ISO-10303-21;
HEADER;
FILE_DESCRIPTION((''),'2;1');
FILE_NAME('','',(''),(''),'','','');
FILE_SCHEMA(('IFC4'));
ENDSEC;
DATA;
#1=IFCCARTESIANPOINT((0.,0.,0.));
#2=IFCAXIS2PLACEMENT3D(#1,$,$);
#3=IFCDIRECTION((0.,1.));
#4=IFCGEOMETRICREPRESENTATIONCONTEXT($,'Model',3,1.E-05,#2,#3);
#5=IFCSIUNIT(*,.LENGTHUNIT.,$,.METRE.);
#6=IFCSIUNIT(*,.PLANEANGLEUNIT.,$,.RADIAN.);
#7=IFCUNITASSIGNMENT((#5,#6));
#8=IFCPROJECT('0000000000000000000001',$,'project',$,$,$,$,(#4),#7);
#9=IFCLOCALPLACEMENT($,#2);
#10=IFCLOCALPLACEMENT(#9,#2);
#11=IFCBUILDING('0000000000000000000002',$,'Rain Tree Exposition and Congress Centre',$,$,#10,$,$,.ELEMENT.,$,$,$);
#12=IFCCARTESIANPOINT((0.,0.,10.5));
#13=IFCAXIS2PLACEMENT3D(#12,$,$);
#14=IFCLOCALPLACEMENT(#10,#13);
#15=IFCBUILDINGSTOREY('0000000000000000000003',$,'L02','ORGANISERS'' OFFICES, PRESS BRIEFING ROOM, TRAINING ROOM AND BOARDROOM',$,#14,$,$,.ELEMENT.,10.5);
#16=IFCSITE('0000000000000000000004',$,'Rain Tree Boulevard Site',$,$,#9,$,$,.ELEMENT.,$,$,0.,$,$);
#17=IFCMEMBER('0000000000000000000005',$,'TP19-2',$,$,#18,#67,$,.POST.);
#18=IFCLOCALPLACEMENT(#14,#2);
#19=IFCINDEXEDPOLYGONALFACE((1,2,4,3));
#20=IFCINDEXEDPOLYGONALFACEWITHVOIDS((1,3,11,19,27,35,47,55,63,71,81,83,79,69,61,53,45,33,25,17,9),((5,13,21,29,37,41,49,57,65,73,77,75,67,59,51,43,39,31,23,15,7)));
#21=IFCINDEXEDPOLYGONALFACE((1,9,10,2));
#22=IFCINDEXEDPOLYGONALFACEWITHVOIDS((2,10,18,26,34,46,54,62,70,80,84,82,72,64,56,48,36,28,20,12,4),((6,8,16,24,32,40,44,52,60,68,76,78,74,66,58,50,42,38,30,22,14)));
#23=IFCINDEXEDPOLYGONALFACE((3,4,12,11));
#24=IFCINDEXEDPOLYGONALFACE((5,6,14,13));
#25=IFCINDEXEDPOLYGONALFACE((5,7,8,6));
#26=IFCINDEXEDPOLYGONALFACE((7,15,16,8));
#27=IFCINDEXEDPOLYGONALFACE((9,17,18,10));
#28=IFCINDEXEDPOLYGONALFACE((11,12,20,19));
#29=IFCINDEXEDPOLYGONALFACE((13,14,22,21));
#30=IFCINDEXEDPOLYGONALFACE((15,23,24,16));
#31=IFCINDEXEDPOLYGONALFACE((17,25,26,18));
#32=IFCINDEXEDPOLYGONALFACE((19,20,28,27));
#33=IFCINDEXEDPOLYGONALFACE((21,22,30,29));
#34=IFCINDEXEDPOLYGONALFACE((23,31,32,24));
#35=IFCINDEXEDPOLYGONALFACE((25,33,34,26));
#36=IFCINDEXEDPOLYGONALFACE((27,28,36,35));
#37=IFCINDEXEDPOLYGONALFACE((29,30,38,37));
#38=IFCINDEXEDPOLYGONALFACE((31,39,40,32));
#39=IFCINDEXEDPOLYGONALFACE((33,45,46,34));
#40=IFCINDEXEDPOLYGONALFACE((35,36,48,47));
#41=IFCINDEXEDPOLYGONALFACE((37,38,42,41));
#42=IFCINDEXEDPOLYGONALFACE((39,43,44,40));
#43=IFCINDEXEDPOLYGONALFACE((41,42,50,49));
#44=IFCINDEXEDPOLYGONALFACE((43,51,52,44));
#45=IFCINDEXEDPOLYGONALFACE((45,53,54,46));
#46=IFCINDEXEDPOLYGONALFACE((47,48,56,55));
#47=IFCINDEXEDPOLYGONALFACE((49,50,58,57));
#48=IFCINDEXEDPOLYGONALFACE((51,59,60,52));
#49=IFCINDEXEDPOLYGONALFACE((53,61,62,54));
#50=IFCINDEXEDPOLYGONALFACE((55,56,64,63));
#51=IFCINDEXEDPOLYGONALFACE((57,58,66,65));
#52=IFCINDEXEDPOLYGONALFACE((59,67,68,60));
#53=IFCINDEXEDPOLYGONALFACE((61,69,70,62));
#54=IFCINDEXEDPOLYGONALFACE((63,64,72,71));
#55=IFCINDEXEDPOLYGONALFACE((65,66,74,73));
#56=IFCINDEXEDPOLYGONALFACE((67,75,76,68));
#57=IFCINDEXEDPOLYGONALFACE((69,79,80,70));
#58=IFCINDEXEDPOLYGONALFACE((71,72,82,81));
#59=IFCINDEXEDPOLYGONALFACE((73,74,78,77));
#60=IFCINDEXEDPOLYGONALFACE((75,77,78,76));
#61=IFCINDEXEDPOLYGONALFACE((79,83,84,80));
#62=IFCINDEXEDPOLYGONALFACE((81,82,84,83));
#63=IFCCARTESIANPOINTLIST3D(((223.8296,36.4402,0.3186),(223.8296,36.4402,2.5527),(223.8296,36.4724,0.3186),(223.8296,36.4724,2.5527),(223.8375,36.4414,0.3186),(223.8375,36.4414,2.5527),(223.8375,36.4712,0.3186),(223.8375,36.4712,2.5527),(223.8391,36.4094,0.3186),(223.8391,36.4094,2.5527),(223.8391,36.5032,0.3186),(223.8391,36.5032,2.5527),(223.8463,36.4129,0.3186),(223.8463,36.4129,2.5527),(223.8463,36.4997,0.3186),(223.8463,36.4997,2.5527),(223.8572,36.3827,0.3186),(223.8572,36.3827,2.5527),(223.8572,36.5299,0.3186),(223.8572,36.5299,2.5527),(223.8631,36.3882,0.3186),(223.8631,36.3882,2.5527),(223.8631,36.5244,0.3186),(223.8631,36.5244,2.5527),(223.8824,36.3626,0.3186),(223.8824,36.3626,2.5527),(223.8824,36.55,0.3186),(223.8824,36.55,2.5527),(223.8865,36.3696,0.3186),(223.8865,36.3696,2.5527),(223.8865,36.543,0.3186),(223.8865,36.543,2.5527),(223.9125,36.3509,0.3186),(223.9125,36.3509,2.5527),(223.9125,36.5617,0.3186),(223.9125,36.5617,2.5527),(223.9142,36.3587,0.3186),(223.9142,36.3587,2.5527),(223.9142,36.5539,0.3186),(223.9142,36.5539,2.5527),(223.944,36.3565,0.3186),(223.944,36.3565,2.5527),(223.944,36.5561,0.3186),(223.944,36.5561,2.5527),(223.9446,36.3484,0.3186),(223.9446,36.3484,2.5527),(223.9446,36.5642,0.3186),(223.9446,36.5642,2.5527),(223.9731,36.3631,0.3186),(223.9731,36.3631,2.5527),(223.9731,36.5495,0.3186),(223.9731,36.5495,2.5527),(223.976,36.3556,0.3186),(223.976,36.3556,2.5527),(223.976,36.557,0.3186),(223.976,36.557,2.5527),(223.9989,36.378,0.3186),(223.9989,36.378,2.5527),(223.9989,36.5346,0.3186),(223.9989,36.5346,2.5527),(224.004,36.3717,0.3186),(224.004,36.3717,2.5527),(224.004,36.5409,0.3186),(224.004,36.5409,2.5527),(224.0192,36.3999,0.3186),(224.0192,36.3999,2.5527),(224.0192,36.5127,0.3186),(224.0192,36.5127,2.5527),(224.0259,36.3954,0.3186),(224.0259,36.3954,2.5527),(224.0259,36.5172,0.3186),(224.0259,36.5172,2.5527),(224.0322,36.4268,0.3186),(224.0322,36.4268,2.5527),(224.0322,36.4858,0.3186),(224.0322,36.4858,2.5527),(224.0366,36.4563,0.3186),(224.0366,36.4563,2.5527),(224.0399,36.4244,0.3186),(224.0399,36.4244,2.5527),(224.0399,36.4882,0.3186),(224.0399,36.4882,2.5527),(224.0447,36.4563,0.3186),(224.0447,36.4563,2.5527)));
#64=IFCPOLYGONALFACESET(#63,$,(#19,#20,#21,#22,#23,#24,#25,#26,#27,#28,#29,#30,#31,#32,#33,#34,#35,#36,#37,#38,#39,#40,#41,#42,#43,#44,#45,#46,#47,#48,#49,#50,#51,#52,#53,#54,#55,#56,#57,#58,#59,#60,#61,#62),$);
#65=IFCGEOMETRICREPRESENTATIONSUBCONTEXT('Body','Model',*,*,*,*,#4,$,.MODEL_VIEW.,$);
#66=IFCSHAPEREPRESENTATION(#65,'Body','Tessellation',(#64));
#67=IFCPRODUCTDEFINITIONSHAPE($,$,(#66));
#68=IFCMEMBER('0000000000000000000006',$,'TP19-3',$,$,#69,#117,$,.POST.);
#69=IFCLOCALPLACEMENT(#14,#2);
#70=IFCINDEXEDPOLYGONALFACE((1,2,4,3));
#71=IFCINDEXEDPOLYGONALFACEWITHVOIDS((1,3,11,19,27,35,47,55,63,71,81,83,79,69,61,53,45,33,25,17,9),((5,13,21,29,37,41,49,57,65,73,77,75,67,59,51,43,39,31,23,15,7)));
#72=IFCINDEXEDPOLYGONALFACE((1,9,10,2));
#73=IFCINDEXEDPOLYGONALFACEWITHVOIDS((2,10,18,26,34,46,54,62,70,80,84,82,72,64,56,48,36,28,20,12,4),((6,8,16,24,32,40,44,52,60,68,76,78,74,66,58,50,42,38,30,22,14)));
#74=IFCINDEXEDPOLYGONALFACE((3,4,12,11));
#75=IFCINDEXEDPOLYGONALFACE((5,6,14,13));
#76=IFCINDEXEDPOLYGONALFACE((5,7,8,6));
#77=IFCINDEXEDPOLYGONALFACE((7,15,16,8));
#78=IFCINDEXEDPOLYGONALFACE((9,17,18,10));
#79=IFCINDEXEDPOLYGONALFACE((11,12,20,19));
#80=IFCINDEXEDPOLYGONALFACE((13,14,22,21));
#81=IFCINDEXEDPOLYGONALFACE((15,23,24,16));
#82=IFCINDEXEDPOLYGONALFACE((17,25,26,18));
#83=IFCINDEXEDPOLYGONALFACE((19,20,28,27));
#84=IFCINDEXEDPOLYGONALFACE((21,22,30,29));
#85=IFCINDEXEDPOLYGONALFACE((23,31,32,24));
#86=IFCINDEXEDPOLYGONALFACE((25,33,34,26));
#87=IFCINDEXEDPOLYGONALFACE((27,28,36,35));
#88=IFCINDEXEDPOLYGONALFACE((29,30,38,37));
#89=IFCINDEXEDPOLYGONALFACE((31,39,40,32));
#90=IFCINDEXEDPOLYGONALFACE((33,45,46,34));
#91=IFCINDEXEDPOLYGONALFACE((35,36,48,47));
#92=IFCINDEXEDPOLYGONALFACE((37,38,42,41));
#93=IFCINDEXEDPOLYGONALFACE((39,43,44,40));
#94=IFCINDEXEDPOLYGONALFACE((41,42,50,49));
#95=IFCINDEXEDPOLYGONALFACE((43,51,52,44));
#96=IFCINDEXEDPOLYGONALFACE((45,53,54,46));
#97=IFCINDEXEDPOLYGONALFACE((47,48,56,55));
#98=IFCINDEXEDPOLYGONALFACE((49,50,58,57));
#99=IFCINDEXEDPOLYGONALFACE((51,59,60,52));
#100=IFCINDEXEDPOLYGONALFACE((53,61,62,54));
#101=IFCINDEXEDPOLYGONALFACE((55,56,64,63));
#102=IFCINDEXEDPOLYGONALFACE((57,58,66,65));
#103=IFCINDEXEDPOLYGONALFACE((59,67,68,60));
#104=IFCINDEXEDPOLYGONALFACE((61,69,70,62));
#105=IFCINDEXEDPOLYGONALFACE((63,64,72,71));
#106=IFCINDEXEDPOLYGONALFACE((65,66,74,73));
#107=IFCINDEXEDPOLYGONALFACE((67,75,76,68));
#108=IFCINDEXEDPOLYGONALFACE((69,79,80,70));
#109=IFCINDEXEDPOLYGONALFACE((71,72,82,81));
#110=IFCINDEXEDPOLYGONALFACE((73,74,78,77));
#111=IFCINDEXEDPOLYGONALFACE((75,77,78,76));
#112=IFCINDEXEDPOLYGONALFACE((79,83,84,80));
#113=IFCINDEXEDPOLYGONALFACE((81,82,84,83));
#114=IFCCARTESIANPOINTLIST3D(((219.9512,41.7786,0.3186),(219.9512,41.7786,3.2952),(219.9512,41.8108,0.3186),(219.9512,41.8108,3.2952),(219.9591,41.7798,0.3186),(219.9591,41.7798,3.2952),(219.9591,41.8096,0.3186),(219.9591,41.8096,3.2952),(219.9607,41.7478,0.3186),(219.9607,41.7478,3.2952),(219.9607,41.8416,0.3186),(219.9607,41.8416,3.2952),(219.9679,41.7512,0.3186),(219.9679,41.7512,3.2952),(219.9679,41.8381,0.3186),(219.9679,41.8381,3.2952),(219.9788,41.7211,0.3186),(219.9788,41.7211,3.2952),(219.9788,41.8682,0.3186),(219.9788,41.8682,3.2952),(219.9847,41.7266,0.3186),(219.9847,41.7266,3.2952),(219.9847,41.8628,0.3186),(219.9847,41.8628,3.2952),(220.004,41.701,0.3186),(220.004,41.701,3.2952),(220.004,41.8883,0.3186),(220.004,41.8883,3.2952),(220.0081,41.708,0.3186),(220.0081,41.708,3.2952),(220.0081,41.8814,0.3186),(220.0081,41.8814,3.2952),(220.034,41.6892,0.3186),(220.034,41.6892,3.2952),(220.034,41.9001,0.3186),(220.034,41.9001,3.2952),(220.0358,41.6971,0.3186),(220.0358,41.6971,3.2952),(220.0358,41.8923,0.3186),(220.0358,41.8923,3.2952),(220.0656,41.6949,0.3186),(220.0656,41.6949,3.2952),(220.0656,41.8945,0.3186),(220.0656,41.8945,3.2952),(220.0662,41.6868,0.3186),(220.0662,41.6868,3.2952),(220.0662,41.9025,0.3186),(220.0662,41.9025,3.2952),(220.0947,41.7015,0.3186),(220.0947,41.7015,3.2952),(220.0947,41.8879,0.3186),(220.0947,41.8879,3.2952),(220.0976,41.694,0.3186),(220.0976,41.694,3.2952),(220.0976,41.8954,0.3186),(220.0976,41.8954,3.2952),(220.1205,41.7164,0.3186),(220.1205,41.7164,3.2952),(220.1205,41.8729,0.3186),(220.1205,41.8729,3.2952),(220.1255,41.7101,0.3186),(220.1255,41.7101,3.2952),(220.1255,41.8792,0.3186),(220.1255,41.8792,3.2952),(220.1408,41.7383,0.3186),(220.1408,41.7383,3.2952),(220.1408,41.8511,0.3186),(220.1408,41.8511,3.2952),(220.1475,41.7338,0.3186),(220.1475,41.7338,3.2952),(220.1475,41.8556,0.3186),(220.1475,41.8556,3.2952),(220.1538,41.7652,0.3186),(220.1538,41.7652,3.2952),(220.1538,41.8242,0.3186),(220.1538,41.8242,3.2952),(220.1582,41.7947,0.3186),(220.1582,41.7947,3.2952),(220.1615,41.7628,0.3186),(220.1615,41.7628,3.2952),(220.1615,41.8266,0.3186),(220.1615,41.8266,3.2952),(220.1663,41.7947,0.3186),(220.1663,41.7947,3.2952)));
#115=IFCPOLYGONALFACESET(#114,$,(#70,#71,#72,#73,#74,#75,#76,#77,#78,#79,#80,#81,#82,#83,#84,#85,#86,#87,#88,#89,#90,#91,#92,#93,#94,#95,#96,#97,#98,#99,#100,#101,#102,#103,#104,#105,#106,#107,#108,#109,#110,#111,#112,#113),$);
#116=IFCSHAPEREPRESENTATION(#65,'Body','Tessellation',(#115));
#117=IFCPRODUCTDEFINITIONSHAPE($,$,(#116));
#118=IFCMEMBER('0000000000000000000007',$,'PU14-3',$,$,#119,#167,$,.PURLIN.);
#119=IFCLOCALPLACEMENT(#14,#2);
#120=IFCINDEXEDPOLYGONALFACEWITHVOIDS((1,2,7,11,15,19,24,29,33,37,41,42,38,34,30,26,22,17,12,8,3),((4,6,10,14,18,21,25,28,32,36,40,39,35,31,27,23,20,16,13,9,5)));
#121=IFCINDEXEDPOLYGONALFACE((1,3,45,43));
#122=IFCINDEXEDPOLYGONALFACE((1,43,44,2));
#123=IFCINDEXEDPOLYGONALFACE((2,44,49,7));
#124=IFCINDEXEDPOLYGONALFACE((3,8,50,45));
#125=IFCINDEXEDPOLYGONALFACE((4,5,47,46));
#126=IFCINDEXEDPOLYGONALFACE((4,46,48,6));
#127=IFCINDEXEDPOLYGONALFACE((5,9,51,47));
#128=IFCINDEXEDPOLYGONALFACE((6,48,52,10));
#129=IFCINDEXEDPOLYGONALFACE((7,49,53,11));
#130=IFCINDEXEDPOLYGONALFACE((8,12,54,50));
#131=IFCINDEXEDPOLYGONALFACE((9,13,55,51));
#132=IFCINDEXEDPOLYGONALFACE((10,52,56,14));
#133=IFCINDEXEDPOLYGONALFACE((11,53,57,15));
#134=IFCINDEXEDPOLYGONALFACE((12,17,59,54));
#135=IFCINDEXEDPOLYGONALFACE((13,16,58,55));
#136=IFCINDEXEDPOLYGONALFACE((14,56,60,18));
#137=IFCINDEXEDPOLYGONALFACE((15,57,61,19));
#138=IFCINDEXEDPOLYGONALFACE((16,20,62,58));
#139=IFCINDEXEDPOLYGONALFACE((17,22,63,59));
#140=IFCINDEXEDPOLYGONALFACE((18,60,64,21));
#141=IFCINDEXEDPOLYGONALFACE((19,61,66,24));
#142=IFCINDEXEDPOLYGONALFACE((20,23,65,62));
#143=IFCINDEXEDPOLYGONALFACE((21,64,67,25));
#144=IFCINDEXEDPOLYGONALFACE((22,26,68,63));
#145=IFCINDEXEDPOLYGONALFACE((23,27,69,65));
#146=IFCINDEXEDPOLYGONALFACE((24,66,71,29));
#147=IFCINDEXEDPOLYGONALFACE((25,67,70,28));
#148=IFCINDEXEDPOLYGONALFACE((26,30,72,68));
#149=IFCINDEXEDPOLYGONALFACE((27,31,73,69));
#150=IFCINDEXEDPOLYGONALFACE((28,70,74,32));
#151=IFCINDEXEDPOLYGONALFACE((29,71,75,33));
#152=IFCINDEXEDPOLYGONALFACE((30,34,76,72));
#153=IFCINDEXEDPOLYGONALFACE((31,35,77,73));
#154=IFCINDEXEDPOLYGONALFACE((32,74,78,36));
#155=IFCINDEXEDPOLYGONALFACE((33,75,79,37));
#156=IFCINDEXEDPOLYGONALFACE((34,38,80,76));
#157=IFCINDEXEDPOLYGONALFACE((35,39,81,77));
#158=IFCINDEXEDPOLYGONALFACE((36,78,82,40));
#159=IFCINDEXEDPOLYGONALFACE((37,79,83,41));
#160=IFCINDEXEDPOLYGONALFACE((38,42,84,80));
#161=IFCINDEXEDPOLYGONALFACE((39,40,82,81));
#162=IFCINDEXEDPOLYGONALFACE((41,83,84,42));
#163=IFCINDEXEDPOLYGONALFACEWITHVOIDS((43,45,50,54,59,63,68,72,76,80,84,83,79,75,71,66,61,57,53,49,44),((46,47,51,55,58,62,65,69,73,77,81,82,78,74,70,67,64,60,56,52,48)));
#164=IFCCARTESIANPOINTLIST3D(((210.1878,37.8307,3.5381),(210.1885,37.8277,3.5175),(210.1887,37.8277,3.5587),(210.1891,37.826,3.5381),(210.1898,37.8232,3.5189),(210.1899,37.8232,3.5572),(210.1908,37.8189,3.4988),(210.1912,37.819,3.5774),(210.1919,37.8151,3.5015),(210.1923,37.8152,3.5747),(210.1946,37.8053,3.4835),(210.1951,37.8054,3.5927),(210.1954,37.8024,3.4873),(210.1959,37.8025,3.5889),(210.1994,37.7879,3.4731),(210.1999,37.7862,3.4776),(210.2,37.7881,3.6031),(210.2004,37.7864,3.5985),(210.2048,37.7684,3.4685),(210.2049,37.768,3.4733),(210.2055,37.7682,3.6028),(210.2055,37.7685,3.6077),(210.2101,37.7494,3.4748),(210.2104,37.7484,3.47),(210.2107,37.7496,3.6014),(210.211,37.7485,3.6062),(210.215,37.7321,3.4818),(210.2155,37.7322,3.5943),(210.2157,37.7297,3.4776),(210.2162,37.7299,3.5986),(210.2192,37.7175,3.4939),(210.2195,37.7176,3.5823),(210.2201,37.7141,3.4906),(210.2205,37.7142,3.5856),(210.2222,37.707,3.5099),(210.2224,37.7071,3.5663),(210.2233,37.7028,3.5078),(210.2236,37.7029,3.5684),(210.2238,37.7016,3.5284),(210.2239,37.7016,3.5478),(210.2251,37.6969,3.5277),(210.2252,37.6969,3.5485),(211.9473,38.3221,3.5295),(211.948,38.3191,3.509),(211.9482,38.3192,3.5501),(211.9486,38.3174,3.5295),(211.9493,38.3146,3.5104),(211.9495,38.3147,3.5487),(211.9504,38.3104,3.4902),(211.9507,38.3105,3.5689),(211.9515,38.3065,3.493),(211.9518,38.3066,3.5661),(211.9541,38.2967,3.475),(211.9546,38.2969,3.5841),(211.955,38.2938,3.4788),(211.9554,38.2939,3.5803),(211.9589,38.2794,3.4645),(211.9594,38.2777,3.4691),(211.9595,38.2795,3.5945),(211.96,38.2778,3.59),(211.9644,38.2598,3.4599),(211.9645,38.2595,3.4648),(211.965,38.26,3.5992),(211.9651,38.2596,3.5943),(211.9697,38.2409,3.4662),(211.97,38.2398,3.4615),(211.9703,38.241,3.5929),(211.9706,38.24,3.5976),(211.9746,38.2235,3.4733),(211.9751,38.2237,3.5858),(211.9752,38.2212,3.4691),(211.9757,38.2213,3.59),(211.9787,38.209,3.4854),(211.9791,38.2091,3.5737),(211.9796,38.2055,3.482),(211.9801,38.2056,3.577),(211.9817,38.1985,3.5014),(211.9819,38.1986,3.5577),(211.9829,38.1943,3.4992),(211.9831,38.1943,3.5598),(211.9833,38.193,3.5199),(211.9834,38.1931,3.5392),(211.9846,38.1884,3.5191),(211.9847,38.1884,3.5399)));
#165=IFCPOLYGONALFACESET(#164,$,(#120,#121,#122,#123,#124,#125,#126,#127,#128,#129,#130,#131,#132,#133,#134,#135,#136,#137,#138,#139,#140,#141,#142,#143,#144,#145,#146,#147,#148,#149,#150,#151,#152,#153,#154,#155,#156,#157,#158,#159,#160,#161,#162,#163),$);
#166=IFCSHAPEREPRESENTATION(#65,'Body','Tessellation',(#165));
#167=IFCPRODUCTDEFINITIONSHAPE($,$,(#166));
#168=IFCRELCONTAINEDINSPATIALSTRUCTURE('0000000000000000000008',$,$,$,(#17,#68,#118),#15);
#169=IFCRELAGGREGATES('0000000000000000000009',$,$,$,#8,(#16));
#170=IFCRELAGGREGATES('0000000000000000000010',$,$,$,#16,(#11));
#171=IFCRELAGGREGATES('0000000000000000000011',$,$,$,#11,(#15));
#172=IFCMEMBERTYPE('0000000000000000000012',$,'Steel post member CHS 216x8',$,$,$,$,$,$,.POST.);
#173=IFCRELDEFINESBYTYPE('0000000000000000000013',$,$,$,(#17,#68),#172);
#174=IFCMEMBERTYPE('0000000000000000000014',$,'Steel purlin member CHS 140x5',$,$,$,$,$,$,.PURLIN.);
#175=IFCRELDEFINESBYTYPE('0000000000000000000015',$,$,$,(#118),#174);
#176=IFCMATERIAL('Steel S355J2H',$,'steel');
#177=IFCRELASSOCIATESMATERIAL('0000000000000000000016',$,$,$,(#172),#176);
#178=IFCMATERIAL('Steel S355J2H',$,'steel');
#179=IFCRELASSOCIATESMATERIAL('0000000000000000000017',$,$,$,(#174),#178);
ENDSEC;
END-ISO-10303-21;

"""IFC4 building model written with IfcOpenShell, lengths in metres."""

from ifc_helpers import new_model, si_unit, direction, frame, origin, origin_2d, place, context, subcontext, project, spatial, hollow_circle, extrude, material, material_profile, profile_set, type_object, element, save


model = new_model("IFC4")

# Units and contexts
model_context = context("Model", 3, precision=1e-05, world=origin(), true_north=direction((0.0, 1.0)))
body_context = subcontext(model_context, "Body", "Model", "MODEL_VIEW")
ifc_project = project(units=[si_unit("LENGTHUNIT", "METRE"), si_unit("PLANEANGLEUNIT", "RADIAN")], contexts=[model_context])

# Site, building, storey
site_placement = place(None, origin())
site = spatial("IfcSite", under=ifc_project, at=site_placement, Name="Rain Tree Boulevard Site", CompositionType="ELEMENT", RefElevation=0.0)
building_placement = place(site_placement, origin())
building = spatial("IfcBuilding", under=site, at=building_placement, Name="Rain Tree Exposition and Congress Centre", CompositionType="ELEMENT")
storey_placement = place(building_placement, frame((0.0, 0.0, 10.5)))
storey = spatial("IfcBuildingStorey", under=building, at=storey_placement, Name="L02", Description="ORGANISERS' OFFICES, PRESS BRIEFING ROOM, TRAINING ROOM AND BOARDROOM", CompositionType="ELEMENT", Elevation=10.5)

# Members
ifc_material_1 = material(Name="Steel S355J2H", Category="steel")
ifc_material_profile_1 = material_profile(ifc_material_1, hollow_circle(Radius=0.1082, WallThickness=0.0081, at=origin_2d()), Name="CHS 216x8")
ifc_profile_set_1 = profile_set([ifc_material_profile_1], Name="Steel S355J2H")
member_type_1 = type_object("IfcMemberType", Name="Steel post member CHS 216x8", PredefinedType="POST", material=ifc_profile_set_1)
member_1_placement = place(storey_placement, frame((223.9365, 36.4563, 0.3186), z_axis=(0.0, 0.0, 1.0), x_axis=(1.0, 0.0, 0.0)))
element("IfcMember", 1, at=member_1_placement, inside=storey, type_object=member_type_1, Name="TP19-2", PredefinedType="POST", context=body_context, shape_type="SweptSolid", body=[
    extrude(hollow_circle(Radius=0.1082, WallThickness=0.0081, at=origin_2d()), origin(), (0.0, 0.0, 1.0), 2.2341),
])
member_2_placement = place(storey_placement, frame((220.0581, 41.7947, 0.3186), z_axis=(0.0, 0.0, 1.0), x_axis=(1.0, 0.0, 0.0)))
element("IfcMember", 2, at=member_2_placement, inside=storey, type_object=member_type_1, Name="TP19-3", PredefinedType="POST", context=body_context, shape_type="SweptSolid", body=[
    extrude(hollow_circle(Radius=0.1082, WallThickness=0.0081, at=origin_2d()), origin(), (0.0, 0.0, 1.0), 2.9766),
])
ifc_material_2 = material(Name="Steel S355J2H", Category="steel")
ifc_material_profile_2 = material_profile(ifc_material_2, hollow_circle(Radius=0.0698, WallThickness=0.0049, at=origin_2d()), Name="CHS 140x5")
ifc_profile_set_2 = profile_set([ifc_material_profile_2], Name="Steel S355J2H")
member_type_2 = type_object("IfcMemberType", Name="Steel purlin member CHS 140x5", PredefinedType="PURLIN", material=ifc_profile_set_2)
member_3_placement = place(storey_placement, frame((210.2065, 37.7634, 3.5381), z_axis=(0.963125, 0.269012, -0.004677), x_axis=(-0.269015, 0.963136, 0.0)))
element("IfcMember", 3, at=member_3_placement, inside=storey, type_object=member_type_2, Name="PU14-3", PredefinedType="PURLIN", context=body_context, shape_type="SweptSolid", body=[
    extrude(hollow_circle(Radius=0.0698, WallThickness=0.0049, at=origin_2d()), origin(), (0.0, 0.0, 1.0), 1.8269),
])

save(model, "model.ifc")
